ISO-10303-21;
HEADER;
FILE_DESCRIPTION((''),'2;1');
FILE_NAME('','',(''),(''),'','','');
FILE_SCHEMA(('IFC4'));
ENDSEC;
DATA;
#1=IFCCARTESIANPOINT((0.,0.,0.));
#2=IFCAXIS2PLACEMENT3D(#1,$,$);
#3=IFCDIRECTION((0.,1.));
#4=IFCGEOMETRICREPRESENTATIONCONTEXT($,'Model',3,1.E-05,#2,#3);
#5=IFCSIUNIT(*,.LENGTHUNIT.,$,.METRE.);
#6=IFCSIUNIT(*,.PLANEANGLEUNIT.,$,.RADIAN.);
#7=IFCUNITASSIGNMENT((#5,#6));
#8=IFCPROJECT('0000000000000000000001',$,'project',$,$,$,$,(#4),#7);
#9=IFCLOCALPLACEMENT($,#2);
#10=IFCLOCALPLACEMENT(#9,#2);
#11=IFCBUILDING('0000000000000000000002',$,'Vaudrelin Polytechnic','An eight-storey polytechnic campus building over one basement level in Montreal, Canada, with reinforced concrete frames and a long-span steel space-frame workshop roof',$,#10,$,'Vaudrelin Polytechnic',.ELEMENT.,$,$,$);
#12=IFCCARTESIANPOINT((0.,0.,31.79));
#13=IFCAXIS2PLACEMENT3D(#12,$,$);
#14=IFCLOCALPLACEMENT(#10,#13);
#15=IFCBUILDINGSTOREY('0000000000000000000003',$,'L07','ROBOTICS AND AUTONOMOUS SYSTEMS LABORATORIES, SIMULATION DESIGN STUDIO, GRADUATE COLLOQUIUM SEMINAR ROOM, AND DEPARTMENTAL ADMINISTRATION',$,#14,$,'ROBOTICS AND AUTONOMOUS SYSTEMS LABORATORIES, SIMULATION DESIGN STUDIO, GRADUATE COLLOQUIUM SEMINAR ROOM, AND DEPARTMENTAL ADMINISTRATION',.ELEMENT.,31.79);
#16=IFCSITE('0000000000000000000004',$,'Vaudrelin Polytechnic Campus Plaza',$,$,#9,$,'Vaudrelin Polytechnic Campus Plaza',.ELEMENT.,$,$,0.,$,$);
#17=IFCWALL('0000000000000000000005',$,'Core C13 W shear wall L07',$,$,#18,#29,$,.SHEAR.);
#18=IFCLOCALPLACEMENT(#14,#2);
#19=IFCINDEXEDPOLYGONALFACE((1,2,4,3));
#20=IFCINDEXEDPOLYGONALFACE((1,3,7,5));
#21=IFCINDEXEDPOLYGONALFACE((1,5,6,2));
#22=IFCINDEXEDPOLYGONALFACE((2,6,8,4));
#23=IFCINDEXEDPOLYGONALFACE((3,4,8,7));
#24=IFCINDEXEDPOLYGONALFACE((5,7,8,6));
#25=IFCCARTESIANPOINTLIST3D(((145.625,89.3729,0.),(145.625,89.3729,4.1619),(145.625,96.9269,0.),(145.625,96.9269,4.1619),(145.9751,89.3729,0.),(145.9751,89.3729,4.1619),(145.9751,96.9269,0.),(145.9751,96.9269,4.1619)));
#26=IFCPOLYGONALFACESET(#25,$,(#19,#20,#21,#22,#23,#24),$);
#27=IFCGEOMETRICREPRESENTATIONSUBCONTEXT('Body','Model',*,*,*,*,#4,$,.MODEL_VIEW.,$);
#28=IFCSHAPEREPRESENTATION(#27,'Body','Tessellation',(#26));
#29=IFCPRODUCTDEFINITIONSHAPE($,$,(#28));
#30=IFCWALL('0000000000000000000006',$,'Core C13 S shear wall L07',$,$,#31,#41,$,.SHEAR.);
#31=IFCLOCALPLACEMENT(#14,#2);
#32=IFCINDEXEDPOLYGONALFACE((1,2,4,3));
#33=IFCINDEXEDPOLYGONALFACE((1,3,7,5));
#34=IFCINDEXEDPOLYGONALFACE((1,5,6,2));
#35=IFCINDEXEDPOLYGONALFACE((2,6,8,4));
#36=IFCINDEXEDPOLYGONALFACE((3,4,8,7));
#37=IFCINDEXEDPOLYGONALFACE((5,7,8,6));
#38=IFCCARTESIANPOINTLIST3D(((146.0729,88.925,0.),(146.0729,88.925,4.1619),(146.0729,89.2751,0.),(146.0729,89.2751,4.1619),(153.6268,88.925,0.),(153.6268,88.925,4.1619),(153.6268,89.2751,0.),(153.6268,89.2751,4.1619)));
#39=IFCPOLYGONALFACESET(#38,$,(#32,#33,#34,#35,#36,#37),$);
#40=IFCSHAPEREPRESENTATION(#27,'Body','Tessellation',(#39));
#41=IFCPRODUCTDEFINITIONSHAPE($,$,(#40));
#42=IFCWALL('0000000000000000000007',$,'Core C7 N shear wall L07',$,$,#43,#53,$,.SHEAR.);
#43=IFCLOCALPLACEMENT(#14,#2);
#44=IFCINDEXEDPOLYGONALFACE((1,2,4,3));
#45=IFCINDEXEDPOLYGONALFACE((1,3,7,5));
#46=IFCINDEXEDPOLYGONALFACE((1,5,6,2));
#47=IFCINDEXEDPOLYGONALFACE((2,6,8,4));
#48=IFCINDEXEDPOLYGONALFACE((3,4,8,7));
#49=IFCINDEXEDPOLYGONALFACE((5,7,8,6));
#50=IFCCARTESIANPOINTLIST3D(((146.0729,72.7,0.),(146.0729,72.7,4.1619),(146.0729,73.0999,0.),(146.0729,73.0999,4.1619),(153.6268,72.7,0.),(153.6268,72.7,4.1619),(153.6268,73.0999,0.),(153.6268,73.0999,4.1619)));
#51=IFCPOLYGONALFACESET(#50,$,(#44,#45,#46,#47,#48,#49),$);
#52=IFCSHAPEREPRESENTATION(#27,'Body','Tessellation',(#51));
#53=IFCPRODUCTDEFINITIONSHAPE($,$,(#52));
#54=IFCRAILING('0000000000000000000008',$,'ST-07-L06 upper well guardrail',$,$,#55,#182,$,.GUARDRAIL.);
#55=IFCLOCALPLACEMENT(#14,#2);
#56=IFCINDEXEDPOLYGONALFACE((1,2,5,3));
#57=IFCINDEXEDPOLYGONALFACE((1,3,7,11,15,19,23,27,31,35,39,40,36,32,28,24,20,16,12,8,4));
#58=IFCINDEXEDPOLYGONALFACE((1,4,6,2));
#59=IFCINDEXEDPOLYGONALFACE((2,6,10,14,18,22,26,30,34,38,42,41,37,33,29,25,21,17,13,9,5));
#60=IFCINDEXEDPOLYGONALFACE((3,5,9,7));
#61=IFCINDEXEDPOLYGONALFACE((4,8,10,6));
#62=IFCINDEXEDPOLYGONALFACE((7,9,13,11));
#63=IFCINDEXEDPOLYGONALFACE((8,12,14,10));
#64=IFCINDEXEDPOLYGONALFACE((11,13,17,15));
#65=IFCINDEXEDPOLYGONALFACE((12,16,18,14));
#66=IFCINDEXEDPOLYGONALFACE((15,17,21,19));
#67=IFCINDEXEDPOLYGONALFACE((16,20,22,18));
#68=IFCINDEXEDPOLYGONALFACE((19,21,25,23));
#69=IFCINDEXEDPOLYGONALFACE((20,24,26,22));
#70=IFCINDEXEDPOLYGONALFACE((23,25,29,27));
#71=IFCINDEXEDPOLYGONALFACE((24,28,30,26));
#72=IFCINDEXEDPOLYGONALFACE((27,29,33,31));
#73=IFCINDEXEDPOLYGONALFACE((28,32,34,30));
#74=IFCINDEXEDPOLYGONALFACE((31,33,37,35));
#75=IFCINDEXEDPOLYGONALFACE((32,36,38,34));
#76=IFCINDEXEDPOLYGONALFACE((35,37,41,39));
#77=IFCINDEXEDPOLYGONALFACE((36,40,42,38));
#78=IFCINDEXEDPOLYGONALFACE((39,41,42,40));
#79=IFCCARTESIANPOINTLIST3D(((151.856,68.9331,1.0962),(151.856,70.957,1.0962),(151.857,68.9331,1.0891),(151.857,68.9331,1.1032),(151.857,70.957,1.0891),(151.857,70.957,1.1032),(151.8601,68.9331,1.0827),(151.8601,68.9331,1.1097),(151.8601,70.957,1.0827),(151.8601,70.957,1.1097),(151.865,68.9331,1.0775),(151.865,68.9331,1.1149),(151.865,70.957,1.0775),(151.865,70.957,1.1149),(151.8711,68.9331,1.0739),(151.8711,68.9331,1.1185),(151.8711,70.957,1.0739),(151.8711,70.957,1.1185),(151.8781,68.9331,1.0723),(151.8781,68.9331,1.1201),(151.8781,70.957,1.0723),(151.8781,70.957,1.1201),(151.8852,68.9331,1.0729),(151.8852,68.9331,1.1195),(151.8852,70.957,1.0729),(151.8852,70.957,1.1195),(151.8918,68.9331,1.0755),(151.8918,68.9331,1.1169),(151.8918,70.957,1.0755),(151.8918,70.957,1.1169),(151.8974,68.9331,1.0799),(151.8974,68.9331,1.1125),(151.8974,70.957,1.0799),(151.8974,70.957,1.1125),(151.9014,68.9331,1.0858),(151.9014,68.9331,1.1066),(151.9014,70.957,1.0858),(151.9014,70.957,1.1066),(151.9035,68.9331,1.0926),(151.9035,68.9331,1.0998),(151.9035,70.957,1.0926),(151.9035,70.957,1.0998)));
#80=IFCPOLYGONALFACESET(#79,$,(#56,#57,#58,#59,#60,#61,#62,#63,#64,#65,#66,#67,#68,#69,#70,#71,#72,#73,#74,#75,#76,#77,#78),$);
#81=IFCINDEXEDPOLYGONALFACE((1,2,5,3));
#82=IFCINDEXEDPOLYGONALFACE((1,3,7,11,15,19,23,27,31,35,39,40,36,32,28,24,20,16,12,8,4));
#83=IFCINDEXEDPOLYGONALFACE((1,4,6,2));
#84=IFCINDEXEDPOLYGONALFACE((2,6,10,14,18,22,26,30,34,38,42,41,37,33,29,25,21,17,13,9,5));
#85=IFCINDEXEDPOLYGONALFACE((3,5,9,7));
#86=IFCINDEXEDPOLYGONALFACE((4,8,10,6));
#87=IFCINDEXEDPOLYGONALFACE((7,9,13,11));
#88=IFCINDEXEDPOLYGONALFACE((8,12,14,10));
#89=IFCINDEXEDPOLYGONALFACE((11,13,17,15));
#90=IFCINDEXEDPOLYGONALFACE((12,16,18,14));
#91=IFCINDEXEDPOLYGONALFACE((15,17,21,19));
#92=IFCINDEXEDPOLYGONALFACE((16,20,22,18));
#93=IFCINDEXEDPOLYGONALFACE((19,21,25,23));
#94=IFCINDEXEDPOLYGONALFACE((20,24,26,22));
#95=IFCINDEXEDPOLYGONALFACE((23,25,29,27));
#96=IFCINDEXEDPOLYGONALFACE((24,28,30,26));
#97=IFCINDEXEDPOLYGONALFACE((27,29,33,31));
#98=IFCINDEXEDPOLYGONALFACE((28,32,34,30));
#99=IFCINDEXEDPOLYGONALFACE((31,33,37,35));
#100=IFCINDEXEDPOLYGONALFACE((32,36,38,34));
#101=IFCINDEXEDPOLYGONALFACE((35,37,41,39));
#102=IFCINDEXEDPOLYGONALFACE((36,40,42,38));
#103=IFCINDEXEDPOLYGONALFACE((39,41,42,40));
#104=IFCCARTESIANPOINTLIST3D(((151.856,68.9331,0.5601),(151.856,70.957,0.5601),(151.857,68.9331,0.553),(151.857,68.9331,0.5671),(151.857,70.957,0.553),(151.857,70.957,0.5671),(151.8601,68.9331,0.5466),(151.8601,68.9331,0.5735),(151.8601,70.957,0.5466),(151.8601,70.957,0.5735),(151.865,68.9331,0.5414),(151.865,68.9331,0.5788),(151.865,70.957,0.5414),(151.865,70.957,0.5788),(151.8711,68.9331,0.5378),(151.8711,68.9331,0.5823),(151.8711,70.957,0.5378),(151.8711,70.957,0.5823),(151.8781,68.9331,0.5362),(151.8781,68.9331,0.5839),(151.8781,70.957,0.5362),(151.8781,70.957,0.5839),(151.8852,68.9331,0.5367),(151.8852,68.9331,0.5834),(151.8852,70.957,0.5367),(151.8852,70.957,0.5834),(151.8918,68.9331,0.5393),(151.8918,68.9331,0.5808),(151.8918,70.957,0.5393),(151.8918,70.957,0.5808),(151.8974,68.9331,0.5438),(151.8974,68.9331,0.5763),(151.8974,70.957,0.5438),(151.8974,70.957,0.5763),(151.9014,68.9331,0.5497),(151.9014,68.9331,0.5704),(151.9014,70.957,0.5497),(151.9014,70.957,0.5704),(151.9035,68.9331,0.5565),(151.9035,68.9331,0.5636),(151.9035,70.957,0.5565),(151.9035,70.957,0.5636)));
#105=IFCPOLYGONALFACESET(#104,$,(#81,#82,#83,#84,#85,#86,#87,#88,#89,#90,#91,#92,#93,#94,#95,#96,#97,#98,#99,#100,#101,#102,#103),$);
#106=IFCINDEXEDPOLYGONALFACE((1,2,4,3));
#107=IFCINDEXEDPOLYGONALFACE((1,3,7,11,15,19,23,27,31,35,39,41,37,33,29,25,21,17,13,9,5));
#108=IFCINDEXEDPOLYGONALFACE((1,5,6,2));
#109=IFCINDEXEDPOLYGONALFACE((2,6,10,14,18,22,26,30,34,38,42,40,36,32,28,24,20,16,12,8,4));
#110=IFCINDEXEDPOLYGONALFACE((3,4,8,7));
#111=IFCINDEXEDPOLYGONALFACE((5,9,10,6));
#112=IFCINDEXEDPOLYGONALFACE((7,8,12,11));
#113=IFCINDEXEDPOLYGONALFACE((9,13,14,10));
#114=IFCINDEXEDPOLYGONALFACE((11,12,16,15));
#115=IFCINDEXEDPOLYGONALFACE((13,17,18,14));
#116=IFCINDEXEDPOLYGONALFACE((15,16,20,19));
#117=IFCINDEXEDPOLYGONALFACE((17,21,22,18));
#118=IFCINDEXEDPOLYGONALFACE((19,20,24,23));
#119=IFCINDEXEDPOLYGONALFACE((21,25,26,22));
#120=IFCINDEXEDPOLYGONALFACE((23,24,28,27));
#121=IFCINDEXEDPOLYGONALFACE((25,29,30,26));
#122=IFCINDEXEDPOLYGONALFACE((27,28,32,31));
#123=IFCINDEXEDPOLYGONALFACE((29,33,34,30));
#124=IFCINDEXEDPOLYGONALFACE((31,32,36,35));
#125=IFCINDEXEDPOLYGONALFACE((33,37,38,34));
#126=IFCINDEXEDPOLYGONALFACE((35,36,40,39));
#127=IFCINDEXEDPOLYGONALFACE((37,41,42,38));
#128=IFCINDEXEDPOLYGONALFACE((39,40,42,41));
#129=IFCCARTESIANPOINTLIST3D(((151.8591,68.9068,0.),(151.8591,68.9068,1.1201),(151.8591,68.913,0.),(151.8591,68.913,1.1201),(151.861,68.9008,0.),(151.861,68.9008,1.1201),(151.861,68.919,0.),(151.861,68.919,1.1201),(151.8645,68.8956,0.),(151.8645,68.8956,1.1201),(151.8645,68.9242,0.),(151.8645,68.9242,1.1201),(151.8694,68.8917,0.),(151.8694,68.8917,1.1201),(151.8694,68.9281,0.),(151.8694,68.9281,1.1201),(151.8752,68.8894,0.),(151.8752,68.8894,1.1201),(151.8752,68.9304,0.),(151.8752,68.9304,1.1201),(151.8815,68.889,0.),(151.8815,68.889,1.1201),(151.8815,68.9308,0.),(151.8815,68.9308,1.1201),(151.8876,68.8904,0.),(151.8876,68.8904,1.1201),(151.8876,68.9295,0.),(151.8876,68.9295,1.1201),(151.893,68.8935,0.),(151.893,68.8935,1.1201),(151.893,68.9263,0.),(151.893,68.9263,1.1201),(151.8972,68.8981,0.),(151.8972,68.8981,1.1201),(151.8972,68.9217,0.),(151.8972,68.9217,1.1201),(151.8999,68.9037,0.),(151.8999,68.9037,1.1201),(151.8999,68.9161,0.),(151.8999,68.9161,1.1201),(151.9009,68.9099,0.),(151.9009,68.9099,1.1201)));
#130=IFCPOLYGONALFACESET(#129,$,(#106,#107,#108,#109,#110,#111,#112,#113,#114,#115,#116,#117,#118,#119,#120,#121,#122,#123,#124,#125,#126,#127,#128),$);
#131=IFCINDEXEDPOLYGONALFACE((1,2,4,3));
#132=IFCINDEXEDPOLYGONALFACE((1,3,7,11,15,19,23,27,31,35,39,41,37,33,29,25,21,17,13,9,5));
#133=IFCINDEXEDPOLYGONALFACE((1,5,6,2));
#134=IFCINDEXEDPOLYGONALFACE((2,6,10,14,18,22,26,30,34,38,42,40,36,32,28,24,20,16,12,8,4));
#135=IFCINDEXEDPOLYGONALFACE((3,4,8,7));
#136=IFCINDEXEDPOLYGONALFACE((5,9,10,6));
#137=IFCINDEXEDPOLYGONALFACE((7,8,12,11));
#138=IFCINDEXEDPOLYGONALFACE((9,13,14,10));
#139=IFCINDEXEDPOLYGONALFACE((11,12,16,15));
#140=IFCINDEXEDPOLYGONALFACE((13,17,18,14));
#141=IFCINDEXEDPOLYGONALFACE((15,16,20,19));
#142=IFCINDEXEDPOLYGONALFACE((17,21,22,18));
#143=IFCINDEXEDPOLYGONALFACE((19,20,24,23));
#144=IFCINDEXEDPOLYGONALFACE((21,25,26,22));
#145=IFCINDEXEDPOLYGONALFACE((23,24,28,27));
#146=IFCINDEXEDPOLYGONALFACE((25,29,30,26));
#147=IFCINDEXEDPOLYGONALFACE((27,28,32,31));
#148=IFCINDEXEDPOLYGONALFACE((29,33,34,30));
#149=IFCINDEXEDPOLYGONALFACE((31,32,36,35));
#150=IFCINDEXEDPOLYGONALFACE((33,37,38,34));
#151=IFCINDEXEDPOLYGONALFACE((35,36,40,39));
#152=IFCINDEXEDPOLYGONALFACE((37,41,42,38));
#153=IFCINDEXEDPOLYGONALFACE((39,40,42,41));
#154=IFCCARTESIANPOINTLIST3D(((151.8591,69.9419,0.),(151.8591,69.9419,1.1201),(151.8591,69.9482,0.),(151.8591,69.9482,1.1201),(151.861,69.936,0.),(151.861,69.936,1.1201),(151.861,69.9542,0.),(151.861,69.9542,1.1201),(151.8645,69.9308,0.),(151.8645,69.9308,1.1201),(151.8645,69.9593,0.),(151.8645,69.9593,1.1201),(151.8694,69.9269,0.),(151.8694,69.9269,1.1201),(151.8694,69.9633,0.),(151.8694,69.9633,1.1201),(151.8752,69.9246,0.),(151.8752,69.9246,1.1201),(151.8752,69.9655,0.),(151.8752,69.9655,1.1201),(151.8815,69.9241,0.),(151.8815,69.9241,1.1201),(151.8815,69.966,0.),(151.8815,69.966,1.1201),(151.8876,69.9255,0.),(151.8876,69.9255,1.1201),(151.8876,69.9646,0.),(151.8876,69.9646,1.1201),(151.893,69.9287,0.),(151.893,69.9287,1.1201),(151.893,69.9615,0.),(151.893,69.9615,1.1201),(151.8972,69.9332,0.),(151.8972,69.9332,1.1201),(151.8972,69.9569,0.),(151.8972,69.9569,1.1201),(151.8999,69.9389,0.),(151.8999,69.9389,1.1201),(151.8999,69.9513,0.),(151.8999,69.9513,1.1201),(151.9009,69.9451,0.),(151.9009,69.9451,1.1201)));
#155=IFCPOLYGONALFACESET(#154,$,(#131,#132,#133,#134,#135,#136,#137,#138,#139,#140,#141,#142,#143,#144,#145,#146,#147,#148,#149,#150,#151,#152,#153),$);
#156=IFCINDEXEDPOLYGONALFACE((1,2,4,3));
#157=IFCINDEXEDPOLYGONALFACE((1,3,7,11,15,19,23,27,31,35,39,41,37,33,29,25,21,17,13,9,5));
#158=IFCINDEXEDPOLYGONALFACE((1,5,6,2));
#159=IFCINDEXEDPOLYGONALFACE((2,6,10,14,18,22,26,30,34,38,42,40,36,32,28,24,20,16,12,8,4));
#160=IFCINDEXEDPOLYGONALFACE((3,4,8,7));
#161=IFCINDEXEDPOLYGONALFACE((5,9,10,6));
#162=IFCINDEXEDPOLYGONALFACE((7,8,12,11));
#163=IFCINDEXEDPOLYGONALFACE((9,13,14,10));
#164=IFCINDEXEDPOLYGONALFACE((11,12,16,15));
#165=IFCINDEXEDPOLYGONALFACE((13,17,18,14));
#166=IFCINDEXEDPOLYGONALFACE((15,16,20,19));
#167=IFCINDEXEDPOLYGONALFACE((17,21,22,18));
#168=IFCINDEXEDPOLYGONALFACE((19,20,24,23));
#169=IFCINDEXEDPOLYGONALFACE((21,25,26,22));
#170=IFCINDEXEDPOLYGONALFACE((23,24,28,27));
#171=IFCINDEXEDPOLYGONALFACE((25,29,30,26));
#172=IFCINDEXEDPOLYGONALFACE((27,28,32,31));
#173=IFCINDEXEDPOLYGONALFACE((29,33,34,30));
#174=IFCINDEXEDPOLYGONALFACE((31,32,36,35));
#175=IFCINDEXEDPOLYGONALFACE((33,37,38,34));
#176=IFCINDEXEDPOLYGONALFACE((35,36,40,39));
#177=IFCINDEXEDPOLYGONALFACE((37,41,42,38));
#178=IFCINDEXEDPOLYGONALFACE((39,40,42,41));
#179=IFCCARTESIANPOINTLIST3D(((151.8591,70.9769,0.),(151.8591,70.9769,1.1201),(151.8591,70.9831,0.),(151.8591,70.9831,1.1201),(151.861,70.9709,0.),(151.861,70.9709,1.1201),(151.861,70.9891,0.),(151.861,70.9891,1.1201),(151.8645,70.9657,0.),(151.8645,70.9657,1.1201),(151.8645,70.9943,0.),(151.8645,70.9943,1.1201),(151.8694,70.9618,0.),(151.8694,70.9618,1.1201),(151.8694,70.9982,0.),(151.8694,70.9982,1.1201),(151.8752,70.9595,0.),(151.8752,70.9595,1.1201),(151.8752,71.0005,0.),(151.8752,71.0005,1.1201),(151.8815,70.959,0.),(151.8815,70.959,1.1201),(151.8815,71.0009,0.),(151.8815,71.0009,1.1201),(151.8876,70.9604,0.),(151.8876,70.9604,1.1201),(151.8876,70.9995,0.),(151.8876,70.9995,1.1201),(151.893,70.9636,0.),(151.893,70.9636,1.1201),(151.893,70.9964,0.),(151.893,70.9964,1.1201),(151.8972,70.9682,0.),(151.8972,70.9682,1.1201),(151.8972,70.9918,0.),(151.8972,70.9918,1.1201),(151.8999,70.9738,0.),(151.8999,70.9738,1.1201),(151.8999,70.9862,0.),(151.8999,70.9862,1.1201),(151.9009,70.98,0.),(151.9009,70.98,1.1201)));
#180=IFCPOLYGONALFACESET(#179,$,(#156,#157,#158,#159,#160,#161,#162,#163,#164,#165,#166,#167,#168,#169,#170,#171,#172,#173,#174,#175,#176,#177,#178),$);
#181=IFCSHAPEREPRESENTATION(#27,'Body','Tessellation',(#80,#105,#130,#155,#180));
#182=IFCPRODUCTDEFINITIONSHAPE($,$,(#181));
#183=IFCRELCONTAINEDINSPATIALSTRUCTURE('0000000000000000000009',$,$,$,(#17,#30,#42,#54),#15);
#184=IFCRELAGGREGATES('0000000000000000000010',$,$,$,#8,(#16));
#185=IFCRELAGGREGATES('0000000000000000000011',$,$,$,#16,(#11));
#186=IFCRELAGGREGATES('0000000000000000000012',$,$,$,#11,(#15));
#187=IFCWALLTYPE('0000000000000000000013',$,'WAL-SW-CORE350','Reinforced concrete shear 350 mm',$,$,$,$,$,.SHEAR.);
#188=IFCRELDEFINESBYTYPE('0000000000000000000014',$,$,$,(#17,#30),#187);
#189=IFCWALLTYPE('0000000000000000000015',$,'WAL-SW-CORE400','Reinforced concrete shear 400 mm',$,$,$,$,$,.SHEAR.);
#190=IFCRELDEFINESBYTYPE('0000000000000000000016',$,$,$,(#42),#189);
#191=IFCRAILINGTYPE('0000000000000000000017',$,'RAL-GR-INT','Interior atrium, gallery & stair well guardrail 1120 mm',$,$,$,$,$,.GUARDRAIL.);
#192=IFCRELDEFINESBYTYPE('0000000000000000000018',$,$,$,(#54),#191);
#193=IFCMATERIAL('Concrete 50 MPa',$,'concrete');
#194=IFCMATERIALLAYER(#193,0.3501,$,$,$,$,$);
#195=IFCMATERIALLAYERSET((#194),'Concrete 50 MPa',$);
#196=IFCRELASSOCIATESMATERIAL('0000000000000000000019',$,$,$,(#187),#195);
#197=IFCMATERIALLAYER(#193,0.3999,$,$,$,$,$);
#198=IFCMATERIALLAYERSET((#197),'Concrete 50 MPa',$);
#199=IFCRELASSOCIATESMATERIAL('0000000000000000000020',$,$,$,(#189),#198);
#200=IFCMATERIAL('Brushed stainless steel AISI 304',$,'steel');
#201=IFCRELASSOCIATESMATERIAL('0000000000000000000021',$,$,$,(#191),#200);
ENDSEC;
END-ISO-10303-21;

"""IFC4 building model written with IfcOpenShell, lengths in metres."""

from ifc_helpers import new_model, si_unit, direction, frame, frame_2d, origin, origin_2d, place, context, subcontext, project, spatial, rectangle, circle, extrude, material, layer, layer_set, type_object, element, save


model = new_model("IFC4")

# Units and contexts
model_context = context("Model", 3, precision=1e-05, world=origin(), true_north=direction((0.0, 1.0)))
body_context = subcontext(model_context, "Body", "Model", "MODEL_VIEW")
ifc_project = project(units=[si_unit("LENGTHUNIT", "METRE"), si_unit("PLANEANGLEUNIT", "RADIAN")], contexts=[model_context])

# Site, building, storey
site_placement = place(None, origin())
site = spatial("IfcSite", under=ifc_project, at=site_placement, Name="Vaudrelin Polytechnic Campus Plaza", LongName="Vaudrelin Polytechnic Campus Plaza", CompositionType="ELEMENT", RefElevation=0.0)
building_placement = place(site_placement, origin())
building = spatial("IfcBuilding", under=site, at=building_placement, Name="Vaudrelin Polytechnic", Description="An eight-storey polytechnic campus building over one basement level in Montreal, Canada, with reinforced concrete frames and a long-span steel space-frame workshop roof", LongName="Vaudrelin Polytechnic", CompositionType="ELEMENT")
storey_placement = place(building_placement, frame((0.0, 0.0, 31.79)))
storey = spatial("IfcBuildingStorey", under=building, at=storey_placement, Name="L07", Description="ROBOTICS AND AUTONOMOUS SYSTEMS LABORATORIES, SIMULATION DESIGN STUDIO, GRADUATE COLLOQUIUM SEMINAR ROOM, AND DEPARTMENTAL ADMINISTRATION", LongName="ROBOTICS AND AUTONOMOUS SYSTEMS LABORATORIES, SIMULATION DESIGN STUDIO, GRADUATE COLLOQUIUM SEMINAR ROOM, AND DEPARTMENTAL ADMINISTRATION", CompositionType="ELEMENT", Elevation=31.79)

# Shared definitions
ifc_material_1 = material(Name="Concrete 50 MPa", Category="concrete")

# Walls
ifc_layer_1 = layer(ifc_material_1, 0.3501)
ifc_layer_set_1 = layer_set([ifc_layer_1], Name="Concrete 50 MPa")
wall_type_1 = type_object("IfcWallType", Name="WAL-SW-CORE350", Description="Reinforced concrete shear 350 mm", PredefinedType="SHEAR", material=ifc_layer_set_1)
for number, where, z_axis, x_axis, name in (
    (1, (145.8, 89.373, 0.0), (0.0, 0.0, 1.0), (0.0, 1.0, 0.0), "Core C13 W shear wall L07"),
    (2, (146.073, 89.1001, 0.0), (0.0, 0.0, 1.0), (1.0, 0.0, 0.0), "Core C13 S shear wall L07"),
):
    element("IfcWall", number, at=place(storey_placement, frame(where, z_axis=z_axis, x_axis=x_axis)), inside=storey, type_object=wall_type_1, Name=name, PredefinedType="SHEAR", context=body_context, shape_type="SweptSolid", body=[
        extrude(rectangle(XDim=7.554, YDim=0.3501, at=frame_2d((3.7769, 0.0))), origin(), (0.0, 0.0, 1.0), 4.1619),
    ])
ifc_layer_2 = layer(ifc_material_1, 0.3999)
ifc_layer_set_2 = layer_set([ifc_layer_2], Name="Concrete 50 MPa")
wall_type_2 = type_object("IfcWallType", Name="WAL-SW-CORE400", Description="Reinforced concrete shear 400 mm", PredefinedType="SHEAR", material=ifc_layer_set_2)
wall_1_placement = place(storey_placement, frame((146.073, 72.8999, 0.0), z_axis=(0.0, 0.0, 1.0), x_axis=(1.0, 0.0, 0.0)))
element("IfcWall", 3, at=wall_1_placement, inside=storey, type_object=wall_type_2, Name="Core C7 N shear wall L07", PredefinedType="SHEAR", context=body_context, shape_type="SweptSolid", body=[
    extrude(rectangle(XDim=7.554, YDim=0.3999, at=frame_2d((3.7769, 0.0))), origin(), (0.0, 0.0, 1.0), 4.1619),
])

# Railing
ifc_material_2 = material(Name="Brushed stainless steel AISI 304", Category="steel")
railing_type = type_object("IfcRailingType", Name="RAL-GR-INT", Description="Interior atrium, gallery & stair well guardrail 1120 mm", PredefinedType="GUARDRAIL", material=ifc_material_2)
railing_placement = place(storey_placement, frame((151.8799, 68.9099, 0.0)))
element("IfcRailing", 4, at=railing_placement, inside=storey, type_object=railing_type, Name="ST-07-L06 upper well guardrail", PredefinedType="GUARDRAIL", context=body_context, shape_type="SweptSolid", body=[
    extrude(circle(Radius=0.0239, at=origin_2d()), frame((0.0, 0.0232, 1.0962), z_axis=(0.0, 1.0, 0.0), x_axis=(-1.0, 0.0, 0.0)), (0.0, 0.0, 1.0), 2.0239),
    extrude(circle(Radius=0.0239, at=origin_2d()), frame((0.0, 0.0232, 0.5601), z_axis=(0.0, 1.0, 0.0), x_axis=(-1.0, 0.0, 0.0)), (0.0, 0.0, 1.0), 2.0239),
    extrude(circle(Radius=0.021, at=origin_2d()), origin(), (0.0, 0.0, 1.0), 1.1201),
    extrude(circle(Radius=0.021, at=origin_2d()), frame((0.0, 1.0352, 0.0)), (0.0, 0.0, 1.0), 1.1201),
    extrude(circle(Radius=0.021, at=origin_2d()), frame((0.0, 2.0701, 0.0)), (0.0, 0.0, 1.0), 1.1201),
])

save(model, "model.ifc")
